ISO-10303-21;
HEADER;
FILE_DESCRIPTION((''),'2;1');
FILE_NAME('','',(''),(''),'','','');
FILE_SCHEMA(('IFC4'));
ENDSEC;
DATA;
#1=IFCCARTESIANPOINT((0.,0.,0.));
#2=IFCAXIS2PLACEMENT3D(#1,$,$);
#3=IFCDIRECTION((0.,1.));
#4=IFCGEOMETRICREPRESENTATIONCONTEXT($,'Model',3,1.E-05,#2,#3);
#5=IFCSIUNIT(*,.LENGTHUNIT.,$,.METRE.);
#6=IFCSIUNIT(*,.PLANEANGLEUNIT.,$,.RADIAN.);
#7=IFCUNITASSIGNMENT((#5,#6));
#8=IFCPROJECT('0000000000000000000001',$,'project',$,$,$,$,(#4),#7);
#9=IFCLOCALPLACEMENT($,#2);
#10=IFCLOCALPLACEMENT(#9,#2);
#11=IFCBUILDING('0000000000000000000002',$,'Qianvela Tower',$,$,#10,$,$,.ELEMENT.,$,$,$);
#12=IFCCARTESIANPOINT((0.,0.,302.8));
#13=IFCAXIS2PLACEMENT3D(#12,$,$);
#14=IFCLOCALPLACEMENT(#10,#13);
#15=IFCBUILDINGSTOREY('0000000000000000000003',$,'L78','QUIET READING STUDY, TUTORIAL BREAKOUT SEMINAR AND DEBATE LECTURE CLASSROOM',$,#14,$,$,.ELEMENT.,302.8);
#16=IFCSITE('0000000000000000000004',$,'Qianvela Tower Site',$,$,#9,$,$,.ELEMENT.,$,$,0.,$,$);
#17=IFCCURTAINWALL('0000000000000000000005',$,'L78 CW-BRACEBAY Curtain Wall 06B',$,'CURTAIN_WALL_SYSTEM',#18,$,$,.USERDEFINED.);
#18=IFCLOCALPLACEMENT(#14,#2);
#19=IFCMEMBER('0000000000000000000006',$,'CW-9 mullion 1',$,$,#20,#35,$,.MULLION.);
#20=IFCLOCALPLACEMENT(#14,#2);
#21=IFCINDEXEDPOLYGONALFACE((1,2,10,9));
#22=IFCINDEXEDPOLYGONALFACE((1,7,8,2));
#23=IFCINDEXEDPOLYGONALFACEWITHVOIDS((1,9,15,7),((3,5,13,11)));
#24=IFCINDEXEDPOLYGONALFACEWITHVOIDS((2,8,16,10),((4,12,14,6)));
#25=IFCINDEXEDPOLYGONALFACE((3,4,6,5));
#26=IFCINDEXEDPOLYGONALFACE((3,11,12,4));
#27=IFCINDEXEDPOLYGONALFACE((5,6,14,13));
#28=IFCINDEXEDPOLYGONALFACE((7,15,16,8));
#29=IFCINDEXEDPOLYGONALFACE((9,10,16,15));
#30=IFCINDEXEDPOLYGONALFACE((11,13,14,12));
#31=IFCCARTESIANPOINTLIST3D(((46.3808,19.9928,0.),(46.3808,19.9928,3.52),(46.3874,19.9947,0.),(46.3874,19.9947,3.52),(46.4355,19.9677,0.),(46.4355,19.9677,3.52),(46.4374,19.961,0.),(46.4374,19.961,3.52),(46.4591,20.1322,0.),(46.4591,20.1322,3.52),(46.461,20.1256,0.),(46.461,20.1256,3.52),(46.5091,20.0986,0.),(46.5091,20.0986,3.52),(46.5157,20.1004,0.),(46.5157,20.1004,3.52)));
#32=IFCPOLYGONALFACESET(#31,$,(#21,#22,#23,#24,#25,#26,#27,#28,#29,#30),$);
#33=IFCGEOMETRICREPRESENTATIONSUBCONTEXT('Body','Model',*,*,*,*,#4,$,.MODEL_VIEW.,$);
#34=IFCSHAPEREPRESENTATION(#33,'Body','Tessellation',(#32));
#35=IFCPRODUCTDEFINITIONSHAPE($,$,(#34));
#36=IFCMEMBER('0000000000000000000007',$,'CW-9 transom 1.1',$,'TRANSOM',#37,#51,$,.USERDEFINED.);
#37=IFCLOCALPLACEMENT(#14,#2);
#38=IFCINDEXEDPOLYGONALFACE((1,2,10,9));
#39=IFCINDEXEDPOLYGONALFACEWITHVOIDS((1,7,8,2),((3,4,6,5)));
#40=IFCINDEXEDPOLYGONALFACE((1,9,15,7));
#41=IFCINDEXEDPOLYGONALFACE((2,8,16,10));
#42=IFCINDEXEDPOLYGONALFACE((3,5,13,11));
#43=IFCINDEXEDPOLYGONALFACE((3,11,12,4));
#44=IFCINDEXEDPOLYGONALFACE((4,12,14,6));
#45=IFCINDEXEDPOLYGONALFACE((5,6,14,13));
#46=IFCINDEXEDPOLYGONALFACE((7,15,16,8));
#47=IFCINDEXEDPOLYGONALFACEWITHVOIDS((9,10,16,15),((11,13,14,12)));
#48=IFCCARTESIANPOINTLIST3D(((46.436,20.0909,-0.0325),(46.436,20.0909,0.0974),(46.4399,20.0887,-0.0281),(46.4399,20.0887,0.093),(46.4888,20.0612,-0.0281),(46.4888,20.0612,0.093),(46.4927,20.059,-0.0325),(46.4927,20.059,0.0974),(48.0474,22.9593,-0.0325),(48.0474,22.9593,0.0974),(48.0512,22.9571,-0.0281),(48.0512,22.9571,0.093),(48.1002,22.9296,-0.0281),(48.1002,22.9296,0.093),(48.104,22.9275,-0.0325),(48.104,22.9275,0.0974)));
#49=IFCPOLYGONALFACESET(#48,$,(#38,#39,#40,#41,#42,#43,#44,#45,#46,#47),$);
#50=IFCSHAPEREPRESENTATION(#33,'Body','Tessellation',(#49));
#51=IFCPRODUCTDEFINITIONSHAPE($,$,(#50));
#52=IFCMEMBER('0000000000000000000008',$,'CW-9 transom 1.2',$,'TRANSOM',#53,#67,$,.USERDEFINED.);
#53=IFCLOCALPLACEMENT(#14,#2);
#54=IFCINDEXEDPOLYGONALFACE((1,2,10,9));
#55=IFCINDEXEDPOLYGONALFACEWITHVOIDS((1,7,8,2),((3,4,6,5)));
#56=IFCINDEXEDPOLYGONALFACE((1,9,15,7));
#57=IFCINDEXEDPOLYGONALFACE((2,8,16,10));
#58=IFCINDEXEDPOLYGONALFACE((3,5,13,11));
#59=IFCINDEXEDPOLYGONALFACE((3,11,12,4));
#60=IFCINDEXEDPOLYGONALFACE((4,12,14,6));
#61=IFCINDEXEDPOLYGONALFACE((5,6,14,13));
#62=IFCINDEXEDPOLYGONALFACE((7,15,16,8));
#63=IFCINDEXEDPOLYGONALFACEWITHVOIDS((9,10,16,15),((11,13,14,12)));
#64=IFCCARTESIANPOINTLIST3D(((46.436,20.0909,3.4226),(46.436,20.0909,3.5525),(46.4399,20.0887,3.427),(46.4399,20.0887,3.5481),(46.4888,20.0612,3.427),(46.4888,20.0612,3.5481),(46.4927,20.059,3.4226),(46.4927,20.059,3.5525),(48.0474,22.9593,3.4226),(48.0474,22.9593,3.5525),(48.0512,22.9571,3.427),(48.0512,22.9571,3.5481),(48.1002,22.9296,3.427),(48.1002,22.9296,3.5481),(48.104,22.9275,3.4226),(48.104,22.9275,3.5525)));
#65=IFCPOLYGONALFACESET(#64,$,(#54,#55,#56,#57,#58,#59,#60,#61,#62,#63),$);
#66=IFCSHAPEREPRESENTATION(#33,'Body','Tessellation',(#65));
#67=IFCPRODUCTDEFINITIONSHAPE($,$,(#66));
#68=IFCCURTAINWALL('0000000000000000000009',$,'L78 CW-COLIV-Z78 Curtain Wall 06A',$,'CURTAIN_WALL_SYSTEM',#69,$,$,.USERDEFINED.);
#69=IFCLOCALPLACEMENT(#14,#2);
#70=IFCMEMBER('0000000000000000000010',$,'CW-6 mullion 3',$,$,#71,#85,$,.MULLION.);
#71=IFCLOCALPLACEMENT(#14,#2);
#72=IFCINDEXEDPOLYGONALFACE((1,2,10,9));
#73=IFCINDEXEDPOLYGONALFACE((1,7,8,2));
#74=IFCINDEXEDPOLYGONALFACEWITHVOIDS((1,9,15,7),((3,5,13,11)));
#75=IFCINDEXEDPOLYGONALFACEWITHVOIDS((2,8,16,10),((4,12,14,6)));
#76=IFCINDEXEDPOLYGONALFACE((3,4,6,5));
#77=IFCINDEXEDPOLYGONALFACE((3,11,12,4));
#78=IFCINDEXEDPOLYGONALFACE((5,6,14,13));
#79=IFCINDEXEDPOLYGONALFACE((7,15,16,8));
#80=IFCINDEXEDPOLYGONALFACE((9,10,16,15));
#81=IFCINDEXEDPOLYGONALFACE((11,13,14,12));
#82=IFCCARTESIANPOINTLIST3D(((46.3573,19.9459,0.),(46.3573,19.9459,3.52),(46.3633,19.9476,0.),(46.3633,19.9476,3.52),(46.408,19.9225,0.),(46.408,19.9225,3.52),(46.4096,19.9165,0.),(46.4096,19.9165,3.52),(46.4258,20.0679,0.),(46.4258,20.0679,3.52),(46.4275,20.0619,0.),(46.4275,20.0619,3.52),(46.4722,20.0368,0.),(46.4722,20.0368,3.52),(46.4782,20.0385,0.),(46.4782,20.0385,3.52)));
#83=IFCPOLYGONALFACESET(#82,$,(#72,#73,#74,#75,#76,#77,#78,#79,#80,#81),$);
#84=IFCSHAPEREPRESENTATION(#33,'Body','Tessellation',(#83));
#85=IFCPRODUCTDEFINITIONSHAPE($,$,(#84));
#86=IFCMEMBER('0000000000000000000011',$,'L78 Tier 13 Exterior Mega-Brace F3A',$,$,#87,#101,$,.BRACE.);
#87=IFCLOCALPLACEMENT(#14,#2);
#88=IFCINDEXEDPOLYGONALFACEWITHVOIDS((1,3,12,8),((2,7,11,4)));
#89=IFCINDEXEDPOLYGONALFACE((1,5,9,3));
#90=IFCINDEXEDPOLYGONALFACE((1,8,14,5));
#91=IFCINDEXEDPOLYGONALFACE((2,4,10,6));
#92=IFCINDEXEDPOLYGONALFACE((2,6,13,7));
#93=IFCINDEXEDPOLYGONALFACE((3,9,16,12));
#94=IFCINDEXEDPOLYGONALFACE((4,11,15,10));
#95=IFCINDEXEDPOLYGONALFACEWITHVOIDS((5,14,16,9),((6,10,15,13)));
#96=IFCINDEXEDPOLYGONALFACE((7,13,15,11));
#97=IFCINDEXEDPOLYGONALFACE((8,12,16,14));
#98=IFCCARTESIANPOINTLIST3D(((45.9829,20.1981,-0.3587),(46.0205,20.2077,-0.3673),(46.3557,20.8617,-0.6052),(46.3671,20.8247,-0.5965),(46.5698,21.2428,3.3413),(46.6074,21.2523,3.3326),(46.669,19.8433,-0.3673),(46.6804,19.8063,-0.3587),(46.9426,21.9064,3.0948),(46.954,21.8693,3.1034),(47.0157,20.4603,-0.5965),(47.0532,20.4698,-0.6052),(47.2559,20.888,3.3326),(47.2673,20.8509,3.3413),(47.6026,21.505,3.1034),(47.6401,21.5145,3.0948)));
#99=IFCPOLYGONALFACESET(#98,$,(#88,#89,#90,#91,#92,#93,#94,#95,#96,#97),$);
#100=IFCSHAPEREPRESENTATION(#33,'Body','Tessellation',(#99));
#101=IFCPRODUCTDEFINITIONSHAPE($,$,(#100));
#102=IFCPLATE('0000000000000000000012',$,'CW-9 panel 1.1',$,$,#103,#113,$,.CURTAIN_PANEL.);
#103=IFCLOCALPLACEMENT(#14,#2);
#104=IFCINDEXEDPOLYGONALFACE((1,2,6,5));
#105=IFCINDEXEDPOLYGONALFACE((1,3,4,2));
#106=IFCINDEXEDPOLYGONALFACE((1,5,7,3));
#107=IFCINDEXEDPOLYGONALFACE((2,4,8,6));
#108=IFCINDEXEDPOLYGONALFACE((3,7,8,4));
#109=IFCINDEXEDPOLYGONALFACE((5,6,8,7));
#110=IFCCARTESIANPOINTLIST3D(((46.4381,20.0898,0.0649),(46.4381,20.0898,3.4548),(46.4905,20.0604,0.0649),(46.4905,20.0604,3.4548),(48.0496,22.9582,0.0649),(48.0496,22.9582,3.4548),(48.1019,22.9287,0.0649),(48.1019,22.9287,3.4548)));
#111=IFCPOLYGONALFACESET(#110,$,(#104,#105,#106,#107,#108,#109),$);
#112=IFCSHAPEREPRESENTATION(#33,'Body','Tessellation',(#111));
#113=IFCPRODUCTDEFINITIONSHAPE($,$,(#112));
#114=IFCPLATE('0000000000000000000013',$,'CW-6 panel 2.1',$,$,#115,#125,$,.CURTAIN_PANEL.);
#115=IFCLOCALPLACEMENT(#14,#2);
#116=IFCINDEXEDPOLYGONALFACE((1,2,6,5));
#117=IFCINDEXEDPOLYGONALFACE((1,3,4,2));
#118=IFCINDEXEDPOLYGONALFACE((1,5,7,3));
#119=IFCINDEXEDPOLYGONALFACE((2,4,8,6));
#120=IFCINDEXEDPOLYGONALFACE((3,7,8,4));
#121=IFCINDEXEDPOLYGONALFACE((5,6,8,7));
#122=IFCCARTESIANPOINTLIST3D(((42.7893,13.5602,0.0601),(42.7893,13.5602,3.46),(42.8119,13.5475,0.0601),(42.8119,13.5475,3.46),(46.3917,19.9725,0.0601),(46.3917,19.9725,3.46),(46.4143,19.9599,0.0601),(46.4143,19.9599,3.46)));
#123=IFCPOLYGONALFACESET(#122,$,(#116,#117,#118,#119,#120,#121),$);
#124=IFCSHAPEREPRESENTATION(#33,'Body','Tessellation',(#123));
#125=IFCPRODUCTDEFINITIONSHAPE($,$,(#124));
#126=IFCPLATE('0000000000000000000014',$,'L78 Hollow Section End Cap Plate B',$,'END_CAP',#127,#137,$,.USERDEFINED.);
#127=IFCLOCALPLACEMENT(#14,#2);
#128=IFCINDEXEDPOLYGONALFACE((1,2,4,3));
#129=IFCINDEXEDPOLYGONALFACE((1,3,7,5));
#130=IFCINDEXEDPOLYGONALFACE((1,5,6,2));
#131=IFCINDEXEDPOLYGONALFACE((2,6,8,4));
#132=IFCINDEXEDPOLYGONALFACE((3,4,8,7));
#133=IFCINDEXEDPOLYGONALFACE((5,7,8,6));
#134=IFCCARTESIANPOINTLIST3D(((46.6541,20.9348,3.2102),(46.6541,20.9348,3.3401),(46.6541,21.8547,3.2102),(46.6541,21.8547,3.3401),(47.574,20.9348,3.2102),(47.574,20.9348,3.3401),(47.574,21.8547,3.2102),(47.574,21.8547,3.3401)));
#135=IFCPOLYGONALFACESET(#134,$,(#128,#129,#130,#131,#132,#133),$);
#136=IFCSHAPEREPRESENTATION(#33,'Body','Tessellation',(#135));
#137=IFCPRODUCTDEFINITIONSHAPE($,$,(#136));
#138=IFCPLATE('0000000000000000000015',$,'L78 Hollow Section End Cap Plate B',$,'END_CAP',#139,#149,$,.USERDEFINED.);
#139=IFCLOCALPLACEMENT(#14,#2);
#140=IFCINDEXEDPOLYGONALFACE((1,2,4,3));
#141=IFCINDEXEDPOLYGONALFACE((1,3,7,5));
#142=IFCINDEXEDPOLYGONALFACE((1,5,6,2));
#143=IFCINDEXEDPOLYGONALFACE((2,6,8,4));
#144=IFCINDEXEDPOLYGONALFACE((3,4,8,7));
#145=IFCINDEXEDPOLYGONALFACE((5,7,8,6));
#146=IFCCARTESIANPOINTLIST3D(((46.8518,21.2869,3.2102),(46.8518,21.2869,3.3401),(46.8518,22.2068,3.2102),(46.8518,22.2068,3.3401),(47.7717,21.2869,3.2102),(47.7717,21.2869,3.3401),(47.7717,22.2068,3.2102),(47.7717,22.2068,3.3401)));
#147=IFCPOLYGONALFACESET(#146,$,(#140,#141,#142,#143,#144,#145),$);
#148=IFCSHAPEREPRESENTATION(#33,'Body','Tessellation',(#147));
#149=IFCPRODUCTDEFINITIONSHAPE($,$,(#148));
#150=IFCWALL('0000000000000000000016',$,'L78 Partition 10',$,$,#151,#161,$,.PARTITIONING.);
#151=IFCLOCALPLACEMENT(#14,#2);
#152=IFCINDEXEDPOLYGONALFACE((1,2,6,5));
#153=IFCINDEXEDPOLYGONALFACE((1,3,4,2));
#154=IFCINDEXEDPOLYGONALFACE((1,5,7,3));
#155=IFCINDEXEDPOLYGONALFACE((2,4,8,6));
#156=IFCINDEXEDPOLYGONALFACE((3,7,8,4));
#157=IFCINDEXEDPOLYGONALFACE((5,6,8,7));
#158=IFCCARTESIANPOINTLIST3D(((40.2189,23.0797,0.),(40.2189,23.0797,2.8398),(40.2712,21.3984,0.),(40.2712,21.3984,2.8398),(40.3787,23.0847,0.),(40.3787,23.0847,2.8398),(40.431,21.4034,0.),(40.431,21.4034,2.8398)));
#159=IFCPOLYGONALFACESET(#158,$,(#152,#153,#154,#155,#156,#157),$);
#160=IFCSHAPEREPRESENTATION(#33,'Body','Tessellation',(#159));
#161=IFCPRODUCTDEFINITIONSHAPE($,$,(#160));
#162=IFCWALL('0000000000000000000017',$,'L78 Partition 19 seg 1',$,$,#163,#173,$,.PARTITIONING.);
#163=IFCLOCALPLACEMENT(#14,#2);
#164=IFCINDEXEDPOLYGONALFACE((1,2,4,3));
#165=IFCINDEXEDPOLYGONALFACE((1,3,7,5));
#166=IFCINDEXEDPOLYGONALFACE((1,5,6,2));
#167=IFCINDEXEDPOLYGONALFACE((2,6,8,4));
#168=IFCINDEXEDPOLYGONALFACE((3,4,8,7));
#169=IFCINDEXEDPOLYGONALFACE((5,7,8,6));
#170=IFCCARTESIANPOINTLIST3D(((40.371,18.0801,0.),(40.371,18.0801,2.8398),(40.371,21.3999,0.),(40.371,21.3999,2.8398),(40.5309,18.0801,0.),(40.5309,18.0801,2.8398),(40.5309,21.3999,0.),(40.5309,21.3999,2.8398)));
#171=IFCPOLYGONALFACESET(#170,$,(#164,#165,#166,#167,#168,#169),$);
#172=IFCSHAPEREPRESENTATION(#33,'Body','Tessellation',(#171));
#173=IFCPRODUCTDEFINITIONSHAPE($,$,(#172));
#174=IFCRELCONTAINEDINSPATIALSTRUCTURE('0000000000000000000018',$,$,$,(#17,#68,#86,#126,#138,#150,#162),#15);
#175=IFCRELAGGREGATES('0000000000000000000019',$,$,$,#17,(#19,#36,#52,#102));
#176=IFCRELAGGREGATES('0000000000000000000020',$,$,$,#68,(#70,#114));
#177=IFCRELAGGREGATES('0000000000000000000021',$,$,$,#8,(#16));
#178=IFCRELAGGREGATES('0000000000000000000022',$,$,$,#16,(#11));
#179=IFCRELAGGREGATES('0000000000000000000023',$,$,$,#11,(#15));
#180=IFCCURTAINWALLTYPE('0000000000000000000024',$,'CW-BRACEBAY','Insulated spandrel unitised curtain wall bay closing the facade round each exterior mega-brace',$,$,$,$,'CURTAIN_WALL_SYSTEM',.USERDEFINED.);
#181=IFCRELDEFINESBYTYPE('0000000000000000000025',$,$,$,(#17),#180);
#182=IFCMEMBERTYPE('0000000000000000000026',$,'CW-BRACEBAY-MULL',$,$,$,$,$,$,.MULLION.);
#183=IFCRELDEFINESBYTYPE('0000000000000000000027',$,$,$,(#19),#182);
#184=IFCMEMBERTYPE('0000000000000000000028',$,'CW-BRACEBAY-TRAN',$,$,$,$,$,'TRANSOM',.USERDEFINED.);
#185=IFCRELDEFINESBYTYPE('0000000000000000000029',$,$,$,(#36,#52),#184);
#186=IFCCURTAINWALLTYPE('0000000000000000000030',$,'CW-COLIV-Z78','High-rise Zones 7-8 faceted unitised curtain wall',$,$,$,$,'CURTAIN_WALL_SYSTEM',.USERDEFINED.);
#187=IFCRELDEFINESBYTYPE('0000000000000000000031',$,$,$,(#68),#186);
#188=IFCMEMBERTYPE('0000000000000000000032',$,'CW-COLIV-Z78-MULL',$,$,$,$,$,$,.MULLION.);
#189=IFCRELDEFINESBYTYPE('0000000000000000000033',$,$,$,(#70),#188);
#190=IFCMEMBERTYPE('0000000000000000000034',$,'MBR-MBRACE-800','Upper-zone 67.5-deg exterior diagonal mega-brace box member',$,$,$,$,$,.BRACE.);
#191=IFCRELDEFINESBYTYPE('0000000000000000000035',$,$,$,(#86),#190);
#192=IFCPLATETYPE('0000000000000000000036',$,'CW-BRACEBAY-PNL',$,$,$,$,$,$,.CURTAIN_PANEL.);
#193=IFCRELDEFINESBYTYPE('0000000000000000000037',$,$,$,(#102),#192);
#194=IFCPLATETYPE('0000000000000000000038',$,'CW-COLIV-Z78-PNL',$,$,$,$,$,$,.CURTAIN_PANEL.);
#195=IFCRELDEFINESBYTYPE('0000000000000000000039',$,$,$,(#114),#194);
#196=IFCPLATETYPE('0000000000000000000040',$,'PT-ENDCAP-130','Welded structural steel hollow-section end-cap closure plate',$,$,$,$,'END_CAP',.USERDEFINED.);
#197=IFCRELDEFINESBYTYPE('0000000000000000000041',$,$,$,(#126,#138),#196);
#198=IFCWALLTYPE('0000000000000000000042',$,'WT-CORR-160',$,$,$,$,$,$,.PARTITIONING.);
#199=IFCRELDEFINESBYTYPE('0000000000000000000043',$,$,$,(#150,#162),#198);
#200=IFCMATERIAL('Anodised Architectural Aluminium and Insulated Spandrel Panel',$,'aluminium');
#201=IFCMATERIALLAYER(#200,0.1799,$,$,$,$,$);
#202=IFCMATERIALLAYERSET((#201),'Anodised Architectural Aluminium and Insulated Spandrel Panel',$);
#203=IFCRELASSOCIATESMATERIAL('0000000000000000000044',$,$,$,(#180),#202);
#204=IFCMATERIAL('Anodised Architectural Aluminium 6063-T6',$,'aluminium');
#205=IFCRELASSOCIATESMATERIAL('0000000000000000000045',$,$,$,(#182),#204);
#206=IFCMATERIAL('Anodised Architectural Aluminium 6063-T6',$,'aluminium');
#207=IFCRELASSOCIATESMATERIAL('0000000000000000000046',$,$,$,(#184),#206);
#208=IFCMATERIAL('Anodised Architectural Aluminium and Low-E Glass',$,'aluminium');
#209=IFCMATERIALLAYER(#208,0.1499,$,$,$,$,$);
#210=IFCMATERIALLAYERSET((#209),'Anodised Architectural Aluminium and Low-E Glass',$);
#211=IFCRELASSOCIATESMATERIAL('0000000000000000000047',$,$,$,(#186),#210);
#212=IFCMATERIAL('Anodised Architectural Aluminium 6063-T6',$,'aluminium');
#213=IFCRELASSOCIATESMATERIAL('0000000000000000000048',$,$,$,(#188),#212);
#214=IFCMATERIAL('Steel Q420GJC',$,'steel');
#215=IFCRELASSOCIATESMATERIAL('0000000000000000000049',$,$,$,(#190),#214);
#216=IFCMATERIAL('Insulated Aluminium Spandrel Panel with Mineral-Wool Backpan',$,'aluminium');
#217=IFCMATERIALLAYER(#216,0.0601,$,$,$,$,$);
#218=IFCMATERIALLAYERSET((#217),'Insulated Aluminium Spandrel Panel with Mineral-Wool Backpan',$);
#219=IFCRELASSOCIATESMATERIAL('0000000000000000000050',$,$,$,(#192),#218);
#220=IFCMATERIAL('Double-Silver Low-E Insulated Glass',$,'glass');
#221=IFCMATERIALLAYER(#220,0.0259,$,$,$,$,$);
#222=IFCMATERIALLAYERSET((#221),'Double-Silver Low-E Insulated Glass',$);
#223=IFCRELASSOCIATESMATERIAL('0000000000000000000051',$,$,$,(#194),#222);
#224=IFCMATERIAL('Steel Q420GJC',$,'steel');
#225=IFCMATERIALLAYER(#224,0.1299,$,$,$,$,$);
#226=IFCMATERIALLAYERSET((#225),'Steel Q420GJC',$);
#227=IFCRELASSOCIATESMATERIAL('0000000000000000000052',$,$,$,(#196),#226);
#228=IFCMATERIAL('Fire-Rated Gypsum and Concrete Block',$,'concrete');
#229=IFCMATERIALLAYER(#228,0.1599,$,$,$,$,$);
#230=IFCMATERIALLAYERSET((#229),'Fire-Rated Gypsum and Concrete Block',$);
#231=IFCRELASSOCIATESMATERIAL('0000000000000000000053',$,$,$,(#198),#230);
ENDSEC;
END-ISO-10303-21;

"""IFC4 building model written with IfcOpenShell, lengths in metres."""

from ifc_helpers import new_model, si_unit, direction, frame, frame_2d, origin, origin_2d, place, context, subcontext, project, spatial, rectangle, hollow_rectangle, extrude, material, layer, layer_set, material_profile, profile_set, type_object, element, aggregate, save


model = new_model("IFC4")

# Units and contexts
model_context = context("Model", 3, precision=1e-05, world=origin(), true_north=direction((0.0, 1.0)))
body_context = subcontext(model_context, "Body", "Model", "MODEL_VIEW")
ifc_project = project(units=[si_unit("LENGTHUNIT", "METRE"), si_unit("PLANEANGLEUNIT", "RADIAN")], contexts=[model_context])

# Site, building, storey
site_placement = place(None, origin())
site = spatial("IfcSite", under=ifc_project, at=site_placement, Name="Qianvela Tower Site", CompositionType="ELEMENT", RefElevation=0.0)
building_placement = place(site_placement, origin())
building = spatial("IfcBuilding", under=site, at=building_placement, Name="Qianvela Tower", CompositionType="ELEMENT")
storey_placement = place(building_placement, frame((0.0, 0.0, 302.8)))
storey = spatial("IfcBuildingStorey", under=building, at=storey_placement, Name="L78", Description="QUIET READING STUDY, TUTORIAL BREAKOUT SEMINAR AND DEBATE LECTURE CLASSROOM", CompositionType="ELEMENT", Elevation=302.8)

# Curtain wall, members
ifc_material_1 = material(Name="Anodised Architectural Aluminium and Insulated Spandrel Panel", Category="aluminium")
ifc_layer_1 = layer(ifc_material_1, 0.1799)
ifc_layer_set_1 = layer_set([ifc_layer_1], Name="Anodised Architectural Aluminium and Insulated Spandrel Panel")
curtain_wall_type_1 = type_object("IfcCurtainWallType", Name="CW-BRACEBAY", Description="Insulated spandrel unitised curtain wall bay closing the facade round each exterior mega-brace", ElementType="CURTAIN_WALL_SYSTEM", PredefinedType="USERDEFINED", material=ifc_layer_set_1)
curtain_wall_1_placement = place(storey_placement, origin())
curtain_wall_1 = element("IfcCurtainWall", 1, at=curtain_wall_1_placement, inside=storey, type_object=curtain_wall_type_1, Name="L78 CW-BRACEBAY Curtain Wall 06B", ObjectType="CURTAIN_WALL_SYSTEM", PredefinedType="USERDEFINED")
ifc_material_2 = material(Name="Anodised Architectural Aluminium 6063-T6", Category="aluminium")
ifc_material_profile_1 = material_profile(ifc_material_2, hollow_rectangle(XDim=0.0649, YDim=0.1599, WallThickness=0.0049, at=origin_2d()), Name="ALU-MULL-65x160")
ifc_profile_set_1 = profile_set([ifc_material_profile_1], Name="Anodised Architectural Aluminium 6063-T6")
member_type_1 = type_object("IfcMemberType", Name="CW-BRACEBAY-MULL", PredefinedType="MULLION", material=ifc_profile_set_1)
member_1_placement = place(storey_placement, frame((46.4482, 20.0466, 0.0), z_axis=(0.0, 0.0, 1.0), x_axis=(-0.871832, 0.489806, 0.0)))
member_1 = element("IfcMember", 2, at=member_1_placement, type_object=member_type_1, Name="CW-9 mullion 1", PredefinedType="MULLION", context=body_context, shape_type="SweptSolid", body=[
    extrude(hollow_rectangle(XDim=0.0649, YDim=0.1599, WallThickness=0.0049, at=origin_2d()), origin(), (0.0, 0.0, 1.0), 3.52),
])
ifc_material_3 = material(Name="Anodised Architectural Aluminium 6063-T6", Category="aluminium")
ifc_material_profile_2 = material_profile(ifc_material_3, hollow_rectangle(XDim=0.0649, YDim=0.1299, WallThickness=0.0044, at=origin_2d()), Name="ALU-TRAN-65x130")
ifc_profile_set_2 = profile_set([ifc_material_profile_2], Name="Anodised Architectural Aluminium 6063-T6")
member_type_2 = type_object("IfcMemberType", Name="CW-BRACEBAY-TRAN", ElementType="TRANSOM", PredefinedType="USERDEFINED", material=ifc_profile_set_2)
member_2_placement = place(storey_placement, frame((46.4644, 20.075, 0.0325), z_axis=(0.489764, 0.871855, 0.0), x_axis=(-0.871855, 0.489764, 0.0)))
member_2 = element("IfcMember", 3, at=member_2_placement, type_object=member_type_2, Name="CW-9 transom 1.1", ObjectType="TRANSOM", PredefinedType="USERDEFINED", context=body_context, shape_type="SweptSolid", body=[
    extrude(hollow_rectangle(XDim=0.0649, YDim=0.1299, WallThickness=0.0044, at=origin_2d()), origin(), (0.0, 0.0, 1.0), 3.29),
])
member_3_placement = place(storey_placement, frame((46.4644, 20.075, 3.4875), z_axis=(0.489764, 0.871855, 0.0), x_axis=(-0.871855, 0.489764, 0.0)))
member_3 = element("IfcMember", 4, at=member_3_placement, type_object=member_type_2, Name="CW-9 transom 1.2", ObjectType="TRANSOM", PredefinedType="USERDEFINED", context=body_context, shape_type="SweptSolid", body=[
    extrude(hollow_rectangle(XDim=0.0649, YDim=0.1299, WallThickness=0.0044, at=origin_2d()), origin(), (0.0, 0.0, 1.0), 3.29),
])

# Curtain wall, member
ifc_material_4 = material(Name="Anodised Architectural Aluminium and Low-E Glass", Category="aluminium")
ifc_layer_2 = layer(ifc_material_4, 0.1499)
ifc_layer_set_2 = layer_set([ifc_layer_2], Name="Anodised Architectural Aluminium and Low-E Glass")
curtain_wall_type_2 = type_object("IfcCurtainWallType", Name="CW-COLIV-Z78", Description="High-rise Zones 7-8 faceted unitised curtain wall", ElementType="CURTAIN_WALL_SYSTEM", PredefinedType="USERDEFINED", material=ifc_layer_set_2)
curtain_wall_2_placement = place(storey_placement, origin())
curtain_wall_2 = element("IfcCurtainWall", 5, at=curtain_wall_2_placement, inside=storey, type_object=curtain_wall_type_2, Name="L78 CW-COLIV-Z78 Curtain Wall 06A", ObjectType="CURTAIN_WALL_SYSTEM", PredefinedType="USERDEFINED")
ifc_material_5 = material(Name="Anodised Architectural Aluminium 6063-T6", Category="aluminium")
ifc_material_profile_3 = material_profile(ifc_material_5, hollow_rectangle(XDim=0.0601, YDim=0.1399, WallThickness=0.0044, at=origin_2d()), Name="ALU-MULL-60x140")
ifc_profile_set_3 = profile_set([ifc_material_profile_3], Name="Anodised Architectural Aluminium 6063-T6")
member_type_3 = type_object("IfcMemberType", Name="CW-COLIV-Z78-MULL", PredefinedType="MULLION", material=ifc_profile_set_3)
member_4_placement = place(storey_placement, frame((46.4177, 19.9922, 0.0), z_axis=(0.0, 0.0, 1.0), x_axis=(-0.87184, 0.489791, 0.0)))
member_4 = element("IfcMember", 6, at=member_4_placement, type_object=member_type_3, Name="CW-6 mullion 3", PredefinedType="MULLION", context=body_context, shape_type="SweptSolid", body=[
    extrude(hollow_rectangle(XDim=0.0601, YDim=0.1399, WallThickness=0.0044, at=origin_2d()), origin(), (0.0, 0.0, 1.0), 3.52),
])

# Member
ifc_material_6 = material(Name="Steel Q420GJC", Category="steel")
ifc_material_profile_4 = material_profile(ifc_material_6, hollow_rectangle(XDim=0.8, YDim=0.8, WallThickness=0.0281, at=origin_2d()), Name="MBOX-800x800x28")
ifc_profile_set_4 = profile_set([ifc_material_profile_4], Name="Steel Q420GJC")
member_type_4 = type_object("IfcMemberType", Name="MBR-MBRACE-800", Description="Upper-zone 67.5-deg exterior diagonal mega-brace box member", PredefinedType="BRACE", material=ifc_profile_set_4)
member_5_placement = place(storey_placement, frame((46.5181, 20.334, -0.4819), z_axis=(0.150911, 0.268614, 0.951353), x_axis=(-0.871831, 0.489807, 0.0)))
element("IfcMember", 7, at=member_5_placement, inside=storey, type_object=member_type_4, Name="L78 Tier 13 Exterior Mega-Brace F3A", PredefinedType="BRACE", context=body_context, shape_type="SweptSolid", body=[
    extrude(hollow_rectangle(XDim=0.8, YDim=0.8, WallThickness=0.0281, at=origin_2d()), origin(), (0.0, 0.0, 1.0), 3.8892),
])

# Plates
ifc_material_7 = material(Name="Insulated Aluminium Spandrel Panel with Mineral-Wool Backpan", Category="aluminium")
ifc_layer_3 = layer(ifc_material_7, 0.0601)
ifc_layer_set_3 = layer_set([ifc_layer_3], Name="Insulated Aluminium Spandrel Panel with Mineral-Wool Backpan")
plate_type_1 = type_object("IfcPlateType", Name="CW-BRACEBAY-PNL", PredefinedType="CURTAIN_PANEL", material=ifc_layer_set_3)
plate_1_placement = place(storey_placement, frame((47.27, 21.5093, 0.0649), z_axis=(0.0, 0.0, 1.0), x_axis=(0.489806, 0.871832, 0.0)))
plate_1 = element("IfcPlate", 8, at=plate_1_placement, type_object=plate_type_1, Name="CW-9 panel 1.1", PredefinedType="CURTAIN_PANEL", context=body_context, shape_type="SweptSolid", body=[
    extrude(rectangle(XDim=3.29, YDim=0.0601, at=origin_2d()), origin(), (0.0, 0.0, 1.0), 3.3899),
])
aggregate(curtain_wall_1, [member_1, member_2, member_3, plate_1])
ifc_material_8 = material(Name="Double-Silver Low-E Insulated Glass", Category="glass")
ifc_layer_4 = layer(ifc_material_8, 0.0259)
ifc_layer_set_4 = layer_set([ifc_layer_4], Name="Double-Silver Low-E Insulated Glass")
plate_type_2 = type_object("IfcPlateType", Name="CW-COLIV-Z78-PNL", PredefinedType="CURTAIN_PANEL", material=ifc_layer_set_4)
plate_2_placement = place(storey_placement, frame((44.6018, 16.76, 0.0601), z_axis=(0.0, 0.0, 1.0), x_axis=(0.489791, 0.87184, 0.0)))
plate_2 = element("IfcPlate", 9, at=plate_2_placement, type_object=plate_type_2, Name="CW-6 panel 2.1", PredefinedType="CURTAIN_PANEL", context=body_context, shape_type="SweptSolid", body=[
    extrude(rectangle(XDim=7.355, YDim=0.0259, at=origin_2d()), origin(), (0.0, 0.0, 1.0), 3.3999),
])
aggregate(curtain_wall_2, [member_4, plate_2])

# Plates
ifc_material_9 = material(Name="Steel Q420GJC", Category="steel")
ifc_layer_5 = layer(ifc_material_9, 0.1299)
ifc_layer_set_5 = layer_set([ifc_layer_5], Name="Steel Q420GJC")
plate_type_3 = type_object("IfcPlateType", Name="PT-ENDCAP-130", Description="Welded structural steel hollow-section end-cap closure plate", ElementType="END_CAP", PredefinedType="USERDEFINED", material=ifc_layer_set_5)
for number, where, z_axis, x_axis, name in (
    (10, (47.114, 21.3948, 3.2102), (0.0, 0.0, 1.0), (1.0, 0.0, 0.0), "L78 Hollow Section End Cap Plate B"),
    (11, (47.3118, 21.7468, 3.2102), (0.0, 0.0, 1.0), (1.0, 0.0, 0.0), "L78 Hollow Section End Cap Plate B"),
):
    element("IfcPlate", number, at=place(storey_placement, frame(where, z_axis=z_axis, x_axis=x_axis)), inside=storey, type_object=plate_type_3, Name=name, ObjectType="END_CAP", PredefinedType="USERDEFINED", context=body_context, shape_type="SweptSolid", body=[
        extrude(rectangle(XDim=0.9199, YDim=0.9199, at=origin_2d()), origin(), (0.0, 0.0, 1.0), 0.1299),
    ])

# Wall
ifc_material_10 = material(Name="Fire-Rated Gypsum and Concrete Block", Category="concrete")
ifc_layer_6 = layer(ifc_material_10, 0.1599)
ifc_layer_set_6 = layer_set([ifc_layer_6], Name="Fire-Rated Gypsum and Concrete Block")
wall_type_1 = type_object("IfcWallType", Name="WT-CORR-160", PredefinedType="PARTITIONING", material=ifc_layer_set_6)
wall_1_placement = place(storey_placement, frame((40.3511, 21.4009, 0.0), z_axis=(0.0, 0.0, 1.0), x_axis=(-0.031058, 0.999518, 0.0)))
element("IfcWall", 12, at=wall_1_placement, inside=storey, type_object=wall_type_1, Name="L78 Partition 10", PredefinedType="PARTITIONING", context=body_context, shape_type="SweptSolid", body=[
    extrude(rectangle(XDim=1.6821, YDim=0.1599, at=frame_2d((0.8411, 0.0))), origin(), (0.0, 0.0, 1.0), 2.8398),
])

# Wall
wall_2_placement = place(storey_placement, frame((40.4509, 18.0801, 0.0), z_axis=(0.0, 0.0, 1.0), x_axis=(0.0, 1.0, 0.0)))
element("IfcWall", 13, at=wall_2_placement, inside=storey, type_object=wall_type_1, Name="L78 Partition 19 seg 1", PredefinedType="PARTITIONING", context=body_context, shape_type="SweptSolid", body=[
    extrude(rectangle(XDim=3.3198, YDim=0.1599, at=frame_2d((1.6599, 0.0))), origin(), (0.0, 0.0, 1.0), 2.8398),
])

save(model, "model.ifc")
